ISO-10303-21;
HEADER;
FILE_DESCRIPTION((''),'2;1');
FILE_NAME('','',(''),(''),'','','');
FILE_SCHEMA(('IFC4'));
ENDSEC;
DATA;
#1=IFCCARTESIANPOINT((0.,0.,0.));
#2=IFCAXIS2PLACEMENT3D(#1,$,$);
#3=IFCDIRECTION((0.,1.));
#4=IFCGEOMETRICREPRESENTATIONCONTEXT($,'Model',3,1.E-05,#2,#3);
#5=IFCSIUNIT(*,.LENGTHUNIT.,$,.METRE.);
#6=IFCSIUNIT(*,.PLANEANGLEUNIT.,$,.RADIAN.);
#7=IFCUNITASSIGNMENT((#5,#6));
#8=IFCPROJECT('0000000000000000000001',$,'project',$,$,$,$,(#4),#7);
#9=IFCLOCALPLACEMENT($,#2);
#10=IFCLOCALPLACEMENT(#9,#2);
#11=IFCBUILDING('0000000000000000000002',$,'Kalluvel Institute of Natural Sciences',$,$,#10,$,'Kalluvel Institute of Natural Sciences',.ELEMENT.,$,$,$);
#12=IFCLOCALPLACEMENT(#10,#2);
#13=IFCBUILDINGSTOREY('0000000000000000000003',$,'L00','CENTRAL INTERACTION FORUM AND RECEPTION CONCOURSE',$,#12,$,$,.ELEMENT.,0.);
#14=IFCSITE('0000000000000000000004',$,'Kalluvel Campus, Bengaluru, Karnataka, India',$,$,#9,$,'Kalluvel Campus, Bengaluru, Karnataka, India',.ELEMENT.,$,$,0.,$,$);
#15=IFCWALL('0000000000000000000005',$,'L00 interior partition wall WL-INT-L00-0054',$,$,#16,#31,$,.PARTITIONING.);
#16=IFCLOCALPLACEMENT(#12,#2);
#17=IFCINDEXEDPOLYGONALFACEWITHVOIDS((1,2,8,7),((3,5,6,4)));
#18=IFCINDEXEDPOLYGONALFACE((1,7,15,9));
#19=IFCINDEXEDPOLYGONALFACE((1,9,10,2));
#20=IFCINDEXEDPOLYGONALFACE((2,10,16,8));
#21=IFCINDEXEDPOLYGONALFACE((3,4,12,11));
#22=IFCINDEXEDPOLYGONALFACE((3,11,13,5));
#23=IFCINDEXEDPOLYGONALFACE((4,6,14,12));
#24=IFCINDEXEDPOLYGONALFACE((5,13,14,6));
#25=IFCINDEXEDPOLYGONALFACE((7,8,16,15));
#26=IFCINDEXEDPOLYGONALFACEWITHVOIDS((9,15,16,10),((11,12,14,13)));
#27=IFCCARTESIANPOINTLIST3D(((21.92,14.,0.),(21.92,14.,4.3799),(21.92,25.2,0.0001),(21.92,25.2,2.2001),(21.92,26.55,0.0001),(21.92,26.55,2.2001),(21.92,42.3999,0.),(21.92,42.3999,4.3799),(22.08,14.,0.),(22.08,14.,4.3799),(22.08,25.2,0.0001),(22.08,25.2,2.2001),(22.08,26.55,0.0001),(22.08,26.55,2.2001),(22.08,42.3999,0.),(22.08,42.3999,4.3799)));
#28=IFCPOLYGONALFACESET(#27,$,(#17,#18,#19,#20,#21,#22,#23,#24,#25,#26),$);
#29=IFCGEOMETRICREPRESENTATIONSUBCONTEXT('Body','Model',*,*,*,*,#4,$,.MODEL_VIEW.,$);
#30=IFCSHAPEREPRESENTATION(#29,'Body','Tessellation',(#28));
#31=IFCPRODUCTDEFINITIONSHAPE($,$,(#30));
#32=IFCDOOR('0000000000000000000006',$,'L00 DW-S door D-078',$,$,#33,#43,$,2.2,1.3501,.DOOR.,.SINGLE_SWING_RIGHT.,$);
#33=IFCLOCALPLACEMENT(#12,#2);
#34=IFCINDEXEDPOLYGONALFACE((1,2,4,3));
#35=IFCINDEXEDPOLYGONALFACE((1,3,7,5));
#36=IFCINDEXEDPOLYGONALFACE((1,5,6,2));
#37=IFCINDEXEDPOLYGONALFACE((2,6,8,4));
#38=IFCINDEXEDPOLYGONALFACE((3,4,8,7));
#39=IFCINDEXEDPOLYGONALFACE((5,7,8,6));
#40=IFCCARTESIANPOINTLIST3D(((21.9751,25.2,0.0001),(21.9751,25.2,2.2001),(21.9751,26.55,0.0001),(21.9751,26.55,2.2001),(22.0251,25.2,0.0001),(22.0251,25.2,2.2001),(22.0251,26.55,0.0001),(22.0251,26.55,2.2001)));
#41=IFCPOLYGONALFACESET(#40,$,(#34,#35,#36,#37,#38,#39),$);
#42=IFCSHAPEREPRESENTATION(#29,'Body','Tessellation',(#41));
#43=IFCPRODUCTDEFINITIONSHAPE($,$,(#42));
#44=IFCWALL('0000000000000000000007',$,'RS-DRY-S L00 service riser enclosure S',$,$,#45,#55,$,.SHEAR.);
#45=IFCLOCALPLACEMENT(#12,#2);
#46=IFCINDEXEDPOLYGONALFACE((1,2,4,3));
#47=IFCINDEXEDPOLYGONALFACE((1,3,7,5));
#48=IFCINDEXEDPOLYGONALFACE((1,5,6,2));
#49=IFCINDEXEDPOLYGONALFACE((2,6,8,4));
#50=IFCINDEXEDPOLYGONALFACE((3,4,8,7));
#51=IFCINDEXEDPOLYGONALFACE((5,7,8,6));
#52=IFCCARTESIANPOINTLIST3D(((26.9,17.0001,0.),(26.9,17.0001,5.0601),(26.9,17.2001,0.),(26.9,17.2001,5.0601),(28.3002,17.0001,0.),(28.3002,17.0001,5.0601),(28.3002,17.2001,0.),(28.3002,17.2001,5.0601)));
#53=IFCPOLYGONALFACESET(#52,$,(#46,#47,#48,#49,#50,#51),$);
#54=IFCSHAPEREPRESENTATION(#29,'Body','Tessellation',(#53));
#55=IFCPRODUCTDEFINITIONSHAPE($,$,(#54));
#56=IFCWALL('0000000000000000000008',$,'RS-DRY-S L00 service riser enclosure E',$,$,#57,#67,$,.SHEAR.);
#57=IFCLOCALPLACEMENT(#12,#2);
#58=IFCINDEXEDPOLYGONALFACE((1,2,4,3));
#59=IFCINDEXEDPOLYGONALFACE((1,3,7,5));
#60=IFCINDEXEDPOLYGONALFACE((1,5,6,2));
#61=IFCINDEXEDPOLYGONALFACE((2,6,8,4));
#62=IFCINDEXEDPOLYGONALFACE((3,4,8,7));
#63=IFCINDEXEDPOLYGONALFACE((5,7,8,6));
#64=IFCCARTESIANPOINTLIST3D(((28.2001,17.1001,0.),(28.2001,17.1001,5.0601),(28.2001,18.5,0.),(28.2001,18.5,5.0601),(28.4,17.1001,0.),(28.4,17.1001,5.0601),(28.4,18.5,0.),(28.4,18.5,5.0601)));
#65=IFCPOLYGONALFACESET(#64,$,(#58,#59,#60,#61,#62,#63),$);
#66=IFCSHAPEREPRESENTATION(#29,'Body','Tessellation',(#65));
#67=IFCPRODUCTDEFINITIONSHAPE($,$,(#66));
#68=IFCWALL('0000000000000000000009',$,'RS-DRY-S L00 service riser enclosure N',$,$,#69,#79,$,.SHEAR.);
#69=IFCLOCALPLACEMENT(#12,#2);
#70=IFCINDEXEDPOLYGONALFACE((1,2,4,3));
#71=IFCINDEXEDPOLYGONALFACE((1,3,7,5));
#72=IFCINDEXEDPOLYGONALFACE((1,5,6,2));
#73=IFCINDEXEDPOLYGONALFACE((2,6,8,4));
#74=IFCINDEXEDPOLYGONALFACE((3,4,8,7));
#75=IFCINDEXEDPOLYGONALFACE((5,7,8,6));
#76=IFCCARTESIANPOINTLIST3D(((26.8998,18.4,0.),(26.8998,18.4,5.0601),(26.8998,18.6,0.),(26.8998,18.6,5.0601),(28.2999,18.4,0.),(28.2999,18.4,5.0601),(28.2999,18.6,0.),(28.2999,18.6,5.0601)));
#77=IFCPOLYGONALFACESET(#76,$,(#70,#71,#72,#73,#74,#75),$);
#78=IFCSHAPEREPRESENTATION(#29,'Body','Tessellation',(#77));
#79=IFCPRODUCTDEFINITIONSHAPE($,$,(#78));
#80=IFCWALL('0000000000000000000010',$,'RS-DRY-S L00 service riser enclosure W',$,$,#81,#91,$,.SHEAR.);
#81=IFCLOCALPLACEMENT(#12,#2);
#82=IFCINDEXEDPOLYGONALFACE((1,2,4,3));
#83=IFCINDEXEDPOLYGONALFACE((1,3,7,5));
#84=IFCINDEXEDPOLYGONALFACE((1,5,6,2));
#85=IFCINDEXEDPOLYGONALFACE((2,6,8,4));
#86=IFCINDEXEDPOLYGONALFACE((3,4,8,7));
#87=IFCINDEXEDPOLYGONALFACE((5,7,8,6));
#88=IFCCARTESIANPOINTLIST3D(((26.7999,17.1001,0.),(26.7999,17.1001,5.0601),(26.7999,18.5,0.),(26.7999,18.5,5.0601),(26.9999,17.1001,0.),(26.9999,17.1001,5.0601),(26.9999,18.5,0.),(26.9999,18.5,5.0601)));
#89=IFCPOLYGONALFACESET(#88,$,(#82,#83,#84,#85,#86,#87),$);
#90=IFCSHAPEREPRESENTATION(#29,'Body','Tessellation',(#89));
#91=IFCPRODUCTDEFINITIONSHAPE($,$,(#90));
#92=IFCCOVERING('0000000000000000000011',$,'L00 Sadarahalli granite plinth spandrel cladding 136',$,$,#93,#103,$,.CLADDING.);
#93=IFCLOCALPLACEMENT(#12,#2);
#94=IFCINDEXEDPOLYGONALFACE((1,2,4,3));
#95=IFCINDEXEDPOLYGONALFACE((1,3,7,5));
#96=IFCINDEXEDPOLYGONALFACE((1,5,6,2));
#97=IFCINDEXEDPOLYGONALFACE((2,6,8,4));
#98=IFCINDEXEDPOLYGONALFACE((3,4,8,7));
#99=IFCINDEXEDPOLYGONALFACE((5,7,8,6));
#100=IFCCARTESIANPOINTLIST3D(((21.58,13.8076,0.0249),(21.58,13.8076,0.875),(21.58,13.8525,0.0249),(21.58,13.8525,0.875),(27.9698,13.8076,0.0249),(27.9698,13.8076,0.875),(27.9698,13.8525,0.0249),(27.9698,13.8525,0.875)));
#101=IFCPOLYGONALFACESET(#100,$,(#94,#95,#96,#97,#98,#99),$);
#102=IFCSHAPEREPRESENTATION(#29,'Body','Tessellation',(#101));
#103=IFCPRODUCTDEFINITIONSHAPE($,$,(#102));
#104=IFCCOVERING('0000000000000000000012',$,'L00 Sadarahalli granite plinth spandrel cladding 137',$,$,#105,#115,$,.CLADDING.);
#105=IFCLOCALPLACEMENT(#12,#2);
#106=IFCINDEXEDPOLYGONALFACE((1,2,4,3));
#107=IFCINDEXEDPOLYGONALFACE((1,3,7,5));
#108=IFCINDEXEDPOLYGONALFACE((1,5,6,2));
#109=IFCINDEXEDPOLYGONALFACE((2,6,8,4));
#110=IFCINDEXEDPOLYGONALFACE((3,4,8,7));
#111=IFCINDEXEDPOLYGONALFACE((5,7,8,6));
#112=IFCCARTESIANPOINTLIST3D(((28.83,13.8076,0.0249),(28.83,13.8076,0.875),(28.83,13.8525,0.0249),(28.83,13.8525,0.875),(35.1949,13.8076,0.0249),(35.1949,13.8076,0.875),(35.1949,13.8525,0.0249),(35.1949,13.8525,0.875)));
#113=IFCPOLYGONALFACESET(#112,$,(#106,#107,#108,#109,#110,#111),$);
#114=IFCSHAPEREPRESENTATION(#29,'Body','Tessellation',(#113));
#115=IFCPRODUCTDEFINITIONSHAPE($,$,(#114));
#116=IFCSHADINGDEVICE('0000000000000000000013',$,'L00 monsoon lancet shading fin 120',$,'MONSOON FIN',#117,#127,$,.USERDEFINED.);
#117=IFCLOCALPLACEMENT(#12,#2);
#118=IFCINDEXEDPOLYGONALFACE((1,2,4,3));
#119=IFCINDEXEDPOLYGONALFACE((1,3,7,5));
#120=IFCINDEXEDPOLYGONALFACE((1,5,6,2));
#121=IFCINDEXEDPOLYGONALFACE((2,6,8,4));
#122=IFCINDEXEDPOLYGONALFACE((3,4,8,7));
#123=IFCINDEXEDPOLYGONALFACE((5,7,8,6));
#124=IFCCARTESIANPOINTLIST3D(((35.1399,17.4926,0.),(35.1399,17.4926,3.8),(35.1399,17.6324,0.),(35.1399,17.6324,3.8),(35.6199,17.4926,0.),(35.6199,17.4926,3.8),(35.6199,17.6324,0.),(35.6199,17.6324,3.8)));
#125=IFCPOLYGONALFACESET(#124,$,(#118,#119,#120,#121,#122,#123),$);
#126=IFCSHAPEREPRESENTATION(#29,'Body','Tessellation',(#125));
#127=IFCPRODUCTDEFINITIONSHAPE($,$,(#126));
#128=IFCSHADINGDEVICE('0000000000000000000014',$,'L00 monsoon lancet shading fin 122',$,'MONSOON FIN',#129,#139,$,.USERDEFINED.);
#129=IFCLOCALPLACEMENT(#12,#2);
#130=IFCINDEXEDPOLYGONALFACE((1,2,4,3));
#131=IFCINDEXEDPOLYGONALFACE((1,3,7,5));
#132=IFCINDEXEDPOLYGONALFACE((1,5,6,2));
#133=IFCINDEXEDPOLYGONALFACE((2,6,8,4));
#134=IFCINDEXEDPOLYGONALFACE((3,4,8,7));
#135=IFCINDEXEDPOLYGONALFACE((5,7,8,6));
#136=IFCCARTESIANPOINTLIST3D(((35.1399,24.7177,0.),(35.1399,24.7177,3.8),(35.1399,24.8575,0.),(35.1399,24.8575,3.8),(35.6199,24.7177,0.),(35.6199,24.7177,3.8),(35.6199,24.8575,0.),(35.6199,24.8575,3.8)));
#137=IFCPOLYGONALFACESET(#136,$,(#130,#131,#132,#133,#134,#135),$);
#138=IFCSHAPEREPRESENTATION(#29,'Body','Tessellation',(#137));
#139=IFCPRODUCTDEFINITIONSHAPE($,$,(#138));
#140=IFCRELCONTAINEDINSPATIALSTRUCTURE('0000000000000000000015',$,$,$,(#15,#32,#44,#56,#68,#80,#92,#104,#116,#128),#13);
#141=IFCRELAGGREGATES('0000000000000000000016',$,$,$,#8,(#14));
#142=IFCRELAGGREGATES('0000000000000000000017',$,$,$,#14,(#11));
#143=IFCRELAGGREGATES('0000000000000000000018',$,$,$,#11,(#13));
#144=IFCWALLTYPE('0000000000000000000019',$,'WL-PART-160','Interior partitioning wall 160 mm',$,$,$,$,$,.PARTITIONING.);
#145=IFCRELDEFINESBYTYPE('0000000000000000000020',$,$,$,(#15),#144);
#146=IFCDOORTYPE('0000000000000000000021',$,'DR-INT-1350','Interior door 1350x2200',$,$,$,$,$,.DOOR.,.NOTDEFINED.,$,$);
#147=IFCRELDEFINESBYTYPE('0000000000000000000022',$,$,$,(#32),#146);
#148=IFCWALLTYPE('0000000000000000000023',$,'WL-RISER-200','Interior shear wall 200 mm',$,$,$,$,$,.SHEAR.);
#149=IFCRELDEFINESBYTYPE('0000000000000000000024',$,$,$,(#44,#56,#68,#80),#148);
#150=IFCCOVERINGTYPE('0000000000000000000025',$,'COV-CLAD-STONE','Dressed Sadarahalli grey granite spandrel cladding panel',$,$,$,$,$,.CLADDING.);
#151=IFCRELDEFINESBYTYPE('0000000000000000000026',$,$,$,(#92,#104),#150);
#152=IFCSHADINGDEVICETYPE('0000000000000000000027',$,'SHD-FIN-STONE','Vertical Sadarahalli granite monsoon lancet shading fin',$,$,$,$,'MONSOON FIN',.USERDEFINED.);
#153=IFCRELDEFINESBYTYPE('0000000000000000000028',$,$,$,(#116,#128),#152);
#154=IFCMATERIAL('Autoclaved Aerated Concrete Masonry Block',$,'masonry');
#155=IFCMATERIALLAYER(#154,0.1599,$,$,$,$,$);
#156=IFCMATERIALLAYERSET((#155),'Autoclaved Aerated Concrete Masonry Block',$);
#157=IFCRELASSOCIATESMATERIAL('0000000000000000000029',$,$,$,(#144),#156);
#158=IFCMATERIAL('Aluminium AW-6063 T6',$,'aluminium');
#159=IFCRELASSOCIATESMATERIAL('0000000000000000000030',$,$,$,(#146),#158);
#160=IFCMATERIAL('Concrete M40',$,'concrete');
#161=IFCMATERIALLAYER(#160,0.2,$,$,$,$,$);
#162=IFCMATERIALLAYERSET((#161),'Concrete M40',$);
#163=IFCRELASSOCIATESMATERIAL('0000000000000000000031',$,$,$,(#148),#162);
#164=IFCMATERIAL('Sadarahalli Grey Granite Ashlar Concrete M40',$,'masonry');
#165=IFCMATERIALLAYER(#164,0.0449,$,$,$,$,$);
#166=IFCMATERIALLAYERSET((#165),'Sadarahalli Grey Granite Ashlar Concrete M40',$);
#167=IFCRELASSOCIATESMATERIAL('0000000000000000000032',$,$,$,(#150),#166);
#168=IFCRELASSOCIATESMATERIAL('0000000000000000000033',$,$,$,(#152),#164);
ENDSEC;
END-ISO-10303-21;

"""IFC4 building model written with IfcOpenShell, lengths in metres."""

from ifc_helpers import new_model, si_unit, direction, frame, frame_2d, origin, origin_2d, place, context, subcontext, project, spatial, rectangle, extrude, material, layer, layer_set, type_object, element, fill, save


model = new_model("IFC4")

# Units and contexts
model_context = context("Model", 3, precision=1e-05, world=origin(), true_north=direction((0.0, 1.0)))
body_context = subcontext(model_context, "Body", "Model", "MODEL_VIEW")
ifc_project = project(units=[si_unit("LENGTHUNIT", "METRE"), si_unit("PLANEANGLEUNIT", "RADIAN")], contexts=[model_context])

# Site, building, storey
site_placement = place(None, origin())
site = spatial("IfcSite", under=ifc_project, at=site_placement, Name="Kalluvel Campus, Bengaluru, Karnataka, India", LongName="Kalluvel Campus, Bengaluru, Karnataka, India", CompositionType="ELEMENT", RefElevation=0.0)
building_placement = place(site_placement, origin())
building = spatial("IfcBuilding", under=site, at=building_placement, Name="Kalluvel Institute of Natural Sciences", LongName="Kalluvel Institute of Natural Sciences", CompositionType="ELEMENT")
storey_placement = place(building_placement, origin())
storey = spatial("IfcBuildingStorey", under=building, at=storey_placement, Name="L00", Description="CENTRAL INTERACTION FORUM AND RECEPTION CONCOURSE", CompositionType="ELEMENT", Elevation=0.0)

# Shared definitions
ifc_material_1 = material(Name="Concrete M40", Category="concrete")

# Shared definitions
ifc_material_2 = material(Name="Sadarahalli Grey Granite Ashlar Concrete M40", Category="masonry")

# Wall, opening, door
ifc_material_3 = material(Name="Autoclaved Aerated Concrete Masonry Block", Category="masonry")
ifc_layer_1 = layer(ifc_material_3, 0.1599)
ifc_layer_set_1 = layer_set([ifc_layer_1], Name="Autoclaved Aerated Concrete Masonry Block")
wall_type_1 = type_object("IfcWallType", Name="WL-PART-160", Description="Interior partitioning wall 160 mm", PredefinedType="PARTITIONING", material=ifc_layer_set_1)
wall_1_placement = place(storey_placement, frame((22.0, 14.0, 0.0), z_axis=(0.0, 0.0, 1.0), x_axis=(0.0, 1.0, 0.0)))
wall_1 = element("IfcWall", 1, at=wall_1_placement, inside=storey, type_object=wall_type_1, Name="L00 interior partition wall WL-INT-L00-0054", PredefinedType="PARTITIONING", context=body_context, shape_type="SweptSolid", body=[
    extrude(rectangle(XDim=28.3999, YDim=0.1599, at=frame_2d((14.2, 0.0))), origin(), (0.0, 0.0, 1.0), 4.3799),
])
opening_1_placement = place(wall_1_placement, frame((11.2, 0.0, 0.0)))
opening_1 = element("IfcOpeningElement", 2, at=opening_1_placement, cuts=wall_1, PredefinedType="OPENING", context=body_context, shape_type="SweptSolid", body=[
    extrude(rectangle(XDim=1.3501, YDim=2.2, at=frame_2d((0.675, 1.1001))), frame((0.0, 0.0898, 0.0), z_axis=(0.0, -1.0, 0.0), x_axis=(1.0, 0.0, 0.0)), (0.0, 0.0, 1.0), 0.1799),
])
ifc_material_4 = material(Name="Aluminium AW-6063 T6", Category="aluminium")
door_type_1 = type_object("IfcDoorType", Name="DR-INT-1350", Description="Interior door 1350x2200", OperationType="NOTDEFINED", PredefinedType="DOOR", material=ifc_material_4)
door_1_placement = place(opening_1_placement, origin())
door_1 = element("IfcDoor", 3, at=door_1_placement, inside=storey, type_object=door_type_1, Name="L00 DW-S door D-078", OperationType="SINGLE_SWING_RIGHT", OverallHeight=2.2, OverallWidth=1.3501, PredefinedType="DOOR", context=body_context, shape_type="SweptSolid", body=[
    extrude(rectangle(XDim=1.3501, YDim=2.2, at=frame_2d((0.675, 1.1001))), frame((0.0, 0.0249, 0.0), z_axis=(0.0, -1.0, 0.0), x_axis=(1.0, 0.0, 0.0)), (0.0, 0.0, 1.0), 0.05),
])
fill(opening_1, door_1)

# Walls
ifc_layer_2 = layer(ifc_material_1, 0.2)
ifc_layer_set_2 = layer_set([ifc_layer_2], Name="Concrete M40")
wall_type_2 = type_object("IfcWallType", Name="WL-RISER-200", Description="Interior shear wall 200 mm", PredefinedType="SHEAR", material=ifc_layer_set_2)
wall_2_placement = place(storey_placement, frame((26.8999, 17.1001, 0.0), z_axis=(0.0, 0.0, 1.0), x_axis=(1.0, 0.0, 0.0)))
element("IfcWall", 4, at=wall_2_placement, inside=storey, type_object=wall_type_2, Name="RS-DRY-S L00 service riser enclosure S", PredefinedType="SHEAR", context=body_context, shape_type="SweptSolid", body=[
    extrude(rectangle(XDim=1.4001, YDim=0.2, at=frame_2d((0.7002, 0.0))), origin(), (0.0, 0.0, 1.0), 5.0601),
])
wall_3_placement = place(storey_placement, frame((28.3, 17.1001, 0.0), z_axis=(0.0, 0.0, 1.0), x_axis=(0.0, 1.0, 0.0)))
element("IfcWall", 5, at=wall_3_placement, inside=storey, type_object=wall_type_2, Name="RS-DRY-S L00 service riser enclosure E", PredefinedType="SHEAR", context=body_context, shape_type="SweptSolid", body=[
    extrude(rectangle(XDim=1.3999, YDim=0.2, at=frame_2d((0.7, 0.0))), origin(), (0.0, 0.0, 1.0), 5.0601),
])
wall_4_placement = place(storey_placement, frame((28.3, 18.5, 0.0), z_axis=(0.0, 0.0, 1.0), x_axis=(-1.0, 0.0, 0.0)))
element("IfcWall", 6, at=wall_4_placement, inside=storey, type_object=wall_type_2, Name="RS-DRY-S L00 service riser enclosure N", PredefinedType="SHEAR", context=body_context, shape_type="SweptSolid", body=[
    extrude(rectangle(XDim=1.4001, YDim=0.2, at=frame_2d((0.7002, 0.0))), origin(), (0.0, 0.0, 1.0), 5.0601),
])
wall_5_placement = place(storey_placement, frame((26.8999, 18.5, 0.0), z_axis=(0.0, 0.0, 1.0), x_axis=(0.0, -1.0, 0.0)))
element("IfcWall", 7, at=wall_5_placement, inside=storey, type_object=wall_type_2, Name="RS-DRY-S L00 service riser enclosure W", PredefinedType="SHEAR", context=body_context, shape_type="SweptSolid", body=[
    extrude(rectangle(XDim=1.3999, YDim=0.2, at=frame_2d((0.7, 0.0))), origin(), (0.0, 0.0, 1.0), 5.0601),
])

# Coverings
ifc_layer_3 = layer(ifc_material_2, 0.0449)
ifc_layer_set_3 = layer_set([ifc_layer_3], Name="Sadarahalli Grey Granite Ashlar Concrete M40")
covering_type = type_object("IfcCoveringType", Name="COV-CLAD-STONE", Description="Dressed Sadarahalli grey granite spandrel cladding panel", PredefinedType="CLADDING", material=ifc_layer_set_3)
covering_1_placement = place(storey_placement, frame((24.7749, 13.8301, 0.0249), z_axis=(0.0, 0.0, 1.0), x_axis=(1.0, 0.0, 0.0)))
element("IfcCovering", 8, at=covering_1_placement, inside=storey, type_object=covering_type, Name="L00 Sadarahalli granite plinth spandrel cladding 136", PredefinedType="CLADDING", context=body_context, shape_type="SweptSolid", body=[
    extrude(rectangle(XDim=6.3899, YDim=0.0449, at=origin_2d()), origin(), (0.0, 0.0, 1.0), 0.8501),
])
covering_2_placement = place(storey_placement, frame((32.0125, 13.8301, 0.0249), z_axis=(0.0, 0.0, 1.0), x_axis=(1.0, 0.0, 0.0)))
element("IfcCovering", 9, at=covering_2_placement, inside=storey, type_object=covering_type, Name="L00 Sadarahalli granite plinth spandrel cladding 137", PredefinedType="CLADDING", context=body_context, shape_type="SweptSolid", body=[
    extrude(rectangle(XDim=6.365, YDim=0.0449, at=origin_2d()), origin(), (0.0, 0.0, 1.0), 0.8501),
])

# Shading devices
shading_device_type = type_object("IfcShadingDeviceType", Name="SHD-FIN-STONE", Description="Vertical Sadarahalli granite monsoon lancet shading fin", ElementType="MONSOON FIN", PredefinedType="USERDEFINED", material=ifc_material_2)
for number, where, z_axis, x_axis, name in (
    (10, (35.3799, 17.5625, 0.0), (0.0, 0.0, 1.0), (0.0, 1.0, 0.0), "L00 monsoon lancet shading fin 120"),
    (11, (35.3799, 24.7876, 0.0), (0.0, 0.0, 1.0), (0.0, 1.0, 0.0), "L00 monsoon lancet shading fin 122"),
):
    element("IfcShadingDevice", number, at=place(storey_placement, frame(where, z_axis=z_axis, x_axis=x_axis)), inside=storey, type_object=shading_device_type, Name=name, ObjectType="MONSOON FIN", PredefinedType="USERDEFINED", context=body_context, shape_type="SweptSolid", body=[
        extrude(rectangle(XDim=0.1399, YDim=0.48, at=origin_2d()), origin(), (0.0, 0.0, 1.0), 3.8),
    ])

save(model, "model.ifc")
